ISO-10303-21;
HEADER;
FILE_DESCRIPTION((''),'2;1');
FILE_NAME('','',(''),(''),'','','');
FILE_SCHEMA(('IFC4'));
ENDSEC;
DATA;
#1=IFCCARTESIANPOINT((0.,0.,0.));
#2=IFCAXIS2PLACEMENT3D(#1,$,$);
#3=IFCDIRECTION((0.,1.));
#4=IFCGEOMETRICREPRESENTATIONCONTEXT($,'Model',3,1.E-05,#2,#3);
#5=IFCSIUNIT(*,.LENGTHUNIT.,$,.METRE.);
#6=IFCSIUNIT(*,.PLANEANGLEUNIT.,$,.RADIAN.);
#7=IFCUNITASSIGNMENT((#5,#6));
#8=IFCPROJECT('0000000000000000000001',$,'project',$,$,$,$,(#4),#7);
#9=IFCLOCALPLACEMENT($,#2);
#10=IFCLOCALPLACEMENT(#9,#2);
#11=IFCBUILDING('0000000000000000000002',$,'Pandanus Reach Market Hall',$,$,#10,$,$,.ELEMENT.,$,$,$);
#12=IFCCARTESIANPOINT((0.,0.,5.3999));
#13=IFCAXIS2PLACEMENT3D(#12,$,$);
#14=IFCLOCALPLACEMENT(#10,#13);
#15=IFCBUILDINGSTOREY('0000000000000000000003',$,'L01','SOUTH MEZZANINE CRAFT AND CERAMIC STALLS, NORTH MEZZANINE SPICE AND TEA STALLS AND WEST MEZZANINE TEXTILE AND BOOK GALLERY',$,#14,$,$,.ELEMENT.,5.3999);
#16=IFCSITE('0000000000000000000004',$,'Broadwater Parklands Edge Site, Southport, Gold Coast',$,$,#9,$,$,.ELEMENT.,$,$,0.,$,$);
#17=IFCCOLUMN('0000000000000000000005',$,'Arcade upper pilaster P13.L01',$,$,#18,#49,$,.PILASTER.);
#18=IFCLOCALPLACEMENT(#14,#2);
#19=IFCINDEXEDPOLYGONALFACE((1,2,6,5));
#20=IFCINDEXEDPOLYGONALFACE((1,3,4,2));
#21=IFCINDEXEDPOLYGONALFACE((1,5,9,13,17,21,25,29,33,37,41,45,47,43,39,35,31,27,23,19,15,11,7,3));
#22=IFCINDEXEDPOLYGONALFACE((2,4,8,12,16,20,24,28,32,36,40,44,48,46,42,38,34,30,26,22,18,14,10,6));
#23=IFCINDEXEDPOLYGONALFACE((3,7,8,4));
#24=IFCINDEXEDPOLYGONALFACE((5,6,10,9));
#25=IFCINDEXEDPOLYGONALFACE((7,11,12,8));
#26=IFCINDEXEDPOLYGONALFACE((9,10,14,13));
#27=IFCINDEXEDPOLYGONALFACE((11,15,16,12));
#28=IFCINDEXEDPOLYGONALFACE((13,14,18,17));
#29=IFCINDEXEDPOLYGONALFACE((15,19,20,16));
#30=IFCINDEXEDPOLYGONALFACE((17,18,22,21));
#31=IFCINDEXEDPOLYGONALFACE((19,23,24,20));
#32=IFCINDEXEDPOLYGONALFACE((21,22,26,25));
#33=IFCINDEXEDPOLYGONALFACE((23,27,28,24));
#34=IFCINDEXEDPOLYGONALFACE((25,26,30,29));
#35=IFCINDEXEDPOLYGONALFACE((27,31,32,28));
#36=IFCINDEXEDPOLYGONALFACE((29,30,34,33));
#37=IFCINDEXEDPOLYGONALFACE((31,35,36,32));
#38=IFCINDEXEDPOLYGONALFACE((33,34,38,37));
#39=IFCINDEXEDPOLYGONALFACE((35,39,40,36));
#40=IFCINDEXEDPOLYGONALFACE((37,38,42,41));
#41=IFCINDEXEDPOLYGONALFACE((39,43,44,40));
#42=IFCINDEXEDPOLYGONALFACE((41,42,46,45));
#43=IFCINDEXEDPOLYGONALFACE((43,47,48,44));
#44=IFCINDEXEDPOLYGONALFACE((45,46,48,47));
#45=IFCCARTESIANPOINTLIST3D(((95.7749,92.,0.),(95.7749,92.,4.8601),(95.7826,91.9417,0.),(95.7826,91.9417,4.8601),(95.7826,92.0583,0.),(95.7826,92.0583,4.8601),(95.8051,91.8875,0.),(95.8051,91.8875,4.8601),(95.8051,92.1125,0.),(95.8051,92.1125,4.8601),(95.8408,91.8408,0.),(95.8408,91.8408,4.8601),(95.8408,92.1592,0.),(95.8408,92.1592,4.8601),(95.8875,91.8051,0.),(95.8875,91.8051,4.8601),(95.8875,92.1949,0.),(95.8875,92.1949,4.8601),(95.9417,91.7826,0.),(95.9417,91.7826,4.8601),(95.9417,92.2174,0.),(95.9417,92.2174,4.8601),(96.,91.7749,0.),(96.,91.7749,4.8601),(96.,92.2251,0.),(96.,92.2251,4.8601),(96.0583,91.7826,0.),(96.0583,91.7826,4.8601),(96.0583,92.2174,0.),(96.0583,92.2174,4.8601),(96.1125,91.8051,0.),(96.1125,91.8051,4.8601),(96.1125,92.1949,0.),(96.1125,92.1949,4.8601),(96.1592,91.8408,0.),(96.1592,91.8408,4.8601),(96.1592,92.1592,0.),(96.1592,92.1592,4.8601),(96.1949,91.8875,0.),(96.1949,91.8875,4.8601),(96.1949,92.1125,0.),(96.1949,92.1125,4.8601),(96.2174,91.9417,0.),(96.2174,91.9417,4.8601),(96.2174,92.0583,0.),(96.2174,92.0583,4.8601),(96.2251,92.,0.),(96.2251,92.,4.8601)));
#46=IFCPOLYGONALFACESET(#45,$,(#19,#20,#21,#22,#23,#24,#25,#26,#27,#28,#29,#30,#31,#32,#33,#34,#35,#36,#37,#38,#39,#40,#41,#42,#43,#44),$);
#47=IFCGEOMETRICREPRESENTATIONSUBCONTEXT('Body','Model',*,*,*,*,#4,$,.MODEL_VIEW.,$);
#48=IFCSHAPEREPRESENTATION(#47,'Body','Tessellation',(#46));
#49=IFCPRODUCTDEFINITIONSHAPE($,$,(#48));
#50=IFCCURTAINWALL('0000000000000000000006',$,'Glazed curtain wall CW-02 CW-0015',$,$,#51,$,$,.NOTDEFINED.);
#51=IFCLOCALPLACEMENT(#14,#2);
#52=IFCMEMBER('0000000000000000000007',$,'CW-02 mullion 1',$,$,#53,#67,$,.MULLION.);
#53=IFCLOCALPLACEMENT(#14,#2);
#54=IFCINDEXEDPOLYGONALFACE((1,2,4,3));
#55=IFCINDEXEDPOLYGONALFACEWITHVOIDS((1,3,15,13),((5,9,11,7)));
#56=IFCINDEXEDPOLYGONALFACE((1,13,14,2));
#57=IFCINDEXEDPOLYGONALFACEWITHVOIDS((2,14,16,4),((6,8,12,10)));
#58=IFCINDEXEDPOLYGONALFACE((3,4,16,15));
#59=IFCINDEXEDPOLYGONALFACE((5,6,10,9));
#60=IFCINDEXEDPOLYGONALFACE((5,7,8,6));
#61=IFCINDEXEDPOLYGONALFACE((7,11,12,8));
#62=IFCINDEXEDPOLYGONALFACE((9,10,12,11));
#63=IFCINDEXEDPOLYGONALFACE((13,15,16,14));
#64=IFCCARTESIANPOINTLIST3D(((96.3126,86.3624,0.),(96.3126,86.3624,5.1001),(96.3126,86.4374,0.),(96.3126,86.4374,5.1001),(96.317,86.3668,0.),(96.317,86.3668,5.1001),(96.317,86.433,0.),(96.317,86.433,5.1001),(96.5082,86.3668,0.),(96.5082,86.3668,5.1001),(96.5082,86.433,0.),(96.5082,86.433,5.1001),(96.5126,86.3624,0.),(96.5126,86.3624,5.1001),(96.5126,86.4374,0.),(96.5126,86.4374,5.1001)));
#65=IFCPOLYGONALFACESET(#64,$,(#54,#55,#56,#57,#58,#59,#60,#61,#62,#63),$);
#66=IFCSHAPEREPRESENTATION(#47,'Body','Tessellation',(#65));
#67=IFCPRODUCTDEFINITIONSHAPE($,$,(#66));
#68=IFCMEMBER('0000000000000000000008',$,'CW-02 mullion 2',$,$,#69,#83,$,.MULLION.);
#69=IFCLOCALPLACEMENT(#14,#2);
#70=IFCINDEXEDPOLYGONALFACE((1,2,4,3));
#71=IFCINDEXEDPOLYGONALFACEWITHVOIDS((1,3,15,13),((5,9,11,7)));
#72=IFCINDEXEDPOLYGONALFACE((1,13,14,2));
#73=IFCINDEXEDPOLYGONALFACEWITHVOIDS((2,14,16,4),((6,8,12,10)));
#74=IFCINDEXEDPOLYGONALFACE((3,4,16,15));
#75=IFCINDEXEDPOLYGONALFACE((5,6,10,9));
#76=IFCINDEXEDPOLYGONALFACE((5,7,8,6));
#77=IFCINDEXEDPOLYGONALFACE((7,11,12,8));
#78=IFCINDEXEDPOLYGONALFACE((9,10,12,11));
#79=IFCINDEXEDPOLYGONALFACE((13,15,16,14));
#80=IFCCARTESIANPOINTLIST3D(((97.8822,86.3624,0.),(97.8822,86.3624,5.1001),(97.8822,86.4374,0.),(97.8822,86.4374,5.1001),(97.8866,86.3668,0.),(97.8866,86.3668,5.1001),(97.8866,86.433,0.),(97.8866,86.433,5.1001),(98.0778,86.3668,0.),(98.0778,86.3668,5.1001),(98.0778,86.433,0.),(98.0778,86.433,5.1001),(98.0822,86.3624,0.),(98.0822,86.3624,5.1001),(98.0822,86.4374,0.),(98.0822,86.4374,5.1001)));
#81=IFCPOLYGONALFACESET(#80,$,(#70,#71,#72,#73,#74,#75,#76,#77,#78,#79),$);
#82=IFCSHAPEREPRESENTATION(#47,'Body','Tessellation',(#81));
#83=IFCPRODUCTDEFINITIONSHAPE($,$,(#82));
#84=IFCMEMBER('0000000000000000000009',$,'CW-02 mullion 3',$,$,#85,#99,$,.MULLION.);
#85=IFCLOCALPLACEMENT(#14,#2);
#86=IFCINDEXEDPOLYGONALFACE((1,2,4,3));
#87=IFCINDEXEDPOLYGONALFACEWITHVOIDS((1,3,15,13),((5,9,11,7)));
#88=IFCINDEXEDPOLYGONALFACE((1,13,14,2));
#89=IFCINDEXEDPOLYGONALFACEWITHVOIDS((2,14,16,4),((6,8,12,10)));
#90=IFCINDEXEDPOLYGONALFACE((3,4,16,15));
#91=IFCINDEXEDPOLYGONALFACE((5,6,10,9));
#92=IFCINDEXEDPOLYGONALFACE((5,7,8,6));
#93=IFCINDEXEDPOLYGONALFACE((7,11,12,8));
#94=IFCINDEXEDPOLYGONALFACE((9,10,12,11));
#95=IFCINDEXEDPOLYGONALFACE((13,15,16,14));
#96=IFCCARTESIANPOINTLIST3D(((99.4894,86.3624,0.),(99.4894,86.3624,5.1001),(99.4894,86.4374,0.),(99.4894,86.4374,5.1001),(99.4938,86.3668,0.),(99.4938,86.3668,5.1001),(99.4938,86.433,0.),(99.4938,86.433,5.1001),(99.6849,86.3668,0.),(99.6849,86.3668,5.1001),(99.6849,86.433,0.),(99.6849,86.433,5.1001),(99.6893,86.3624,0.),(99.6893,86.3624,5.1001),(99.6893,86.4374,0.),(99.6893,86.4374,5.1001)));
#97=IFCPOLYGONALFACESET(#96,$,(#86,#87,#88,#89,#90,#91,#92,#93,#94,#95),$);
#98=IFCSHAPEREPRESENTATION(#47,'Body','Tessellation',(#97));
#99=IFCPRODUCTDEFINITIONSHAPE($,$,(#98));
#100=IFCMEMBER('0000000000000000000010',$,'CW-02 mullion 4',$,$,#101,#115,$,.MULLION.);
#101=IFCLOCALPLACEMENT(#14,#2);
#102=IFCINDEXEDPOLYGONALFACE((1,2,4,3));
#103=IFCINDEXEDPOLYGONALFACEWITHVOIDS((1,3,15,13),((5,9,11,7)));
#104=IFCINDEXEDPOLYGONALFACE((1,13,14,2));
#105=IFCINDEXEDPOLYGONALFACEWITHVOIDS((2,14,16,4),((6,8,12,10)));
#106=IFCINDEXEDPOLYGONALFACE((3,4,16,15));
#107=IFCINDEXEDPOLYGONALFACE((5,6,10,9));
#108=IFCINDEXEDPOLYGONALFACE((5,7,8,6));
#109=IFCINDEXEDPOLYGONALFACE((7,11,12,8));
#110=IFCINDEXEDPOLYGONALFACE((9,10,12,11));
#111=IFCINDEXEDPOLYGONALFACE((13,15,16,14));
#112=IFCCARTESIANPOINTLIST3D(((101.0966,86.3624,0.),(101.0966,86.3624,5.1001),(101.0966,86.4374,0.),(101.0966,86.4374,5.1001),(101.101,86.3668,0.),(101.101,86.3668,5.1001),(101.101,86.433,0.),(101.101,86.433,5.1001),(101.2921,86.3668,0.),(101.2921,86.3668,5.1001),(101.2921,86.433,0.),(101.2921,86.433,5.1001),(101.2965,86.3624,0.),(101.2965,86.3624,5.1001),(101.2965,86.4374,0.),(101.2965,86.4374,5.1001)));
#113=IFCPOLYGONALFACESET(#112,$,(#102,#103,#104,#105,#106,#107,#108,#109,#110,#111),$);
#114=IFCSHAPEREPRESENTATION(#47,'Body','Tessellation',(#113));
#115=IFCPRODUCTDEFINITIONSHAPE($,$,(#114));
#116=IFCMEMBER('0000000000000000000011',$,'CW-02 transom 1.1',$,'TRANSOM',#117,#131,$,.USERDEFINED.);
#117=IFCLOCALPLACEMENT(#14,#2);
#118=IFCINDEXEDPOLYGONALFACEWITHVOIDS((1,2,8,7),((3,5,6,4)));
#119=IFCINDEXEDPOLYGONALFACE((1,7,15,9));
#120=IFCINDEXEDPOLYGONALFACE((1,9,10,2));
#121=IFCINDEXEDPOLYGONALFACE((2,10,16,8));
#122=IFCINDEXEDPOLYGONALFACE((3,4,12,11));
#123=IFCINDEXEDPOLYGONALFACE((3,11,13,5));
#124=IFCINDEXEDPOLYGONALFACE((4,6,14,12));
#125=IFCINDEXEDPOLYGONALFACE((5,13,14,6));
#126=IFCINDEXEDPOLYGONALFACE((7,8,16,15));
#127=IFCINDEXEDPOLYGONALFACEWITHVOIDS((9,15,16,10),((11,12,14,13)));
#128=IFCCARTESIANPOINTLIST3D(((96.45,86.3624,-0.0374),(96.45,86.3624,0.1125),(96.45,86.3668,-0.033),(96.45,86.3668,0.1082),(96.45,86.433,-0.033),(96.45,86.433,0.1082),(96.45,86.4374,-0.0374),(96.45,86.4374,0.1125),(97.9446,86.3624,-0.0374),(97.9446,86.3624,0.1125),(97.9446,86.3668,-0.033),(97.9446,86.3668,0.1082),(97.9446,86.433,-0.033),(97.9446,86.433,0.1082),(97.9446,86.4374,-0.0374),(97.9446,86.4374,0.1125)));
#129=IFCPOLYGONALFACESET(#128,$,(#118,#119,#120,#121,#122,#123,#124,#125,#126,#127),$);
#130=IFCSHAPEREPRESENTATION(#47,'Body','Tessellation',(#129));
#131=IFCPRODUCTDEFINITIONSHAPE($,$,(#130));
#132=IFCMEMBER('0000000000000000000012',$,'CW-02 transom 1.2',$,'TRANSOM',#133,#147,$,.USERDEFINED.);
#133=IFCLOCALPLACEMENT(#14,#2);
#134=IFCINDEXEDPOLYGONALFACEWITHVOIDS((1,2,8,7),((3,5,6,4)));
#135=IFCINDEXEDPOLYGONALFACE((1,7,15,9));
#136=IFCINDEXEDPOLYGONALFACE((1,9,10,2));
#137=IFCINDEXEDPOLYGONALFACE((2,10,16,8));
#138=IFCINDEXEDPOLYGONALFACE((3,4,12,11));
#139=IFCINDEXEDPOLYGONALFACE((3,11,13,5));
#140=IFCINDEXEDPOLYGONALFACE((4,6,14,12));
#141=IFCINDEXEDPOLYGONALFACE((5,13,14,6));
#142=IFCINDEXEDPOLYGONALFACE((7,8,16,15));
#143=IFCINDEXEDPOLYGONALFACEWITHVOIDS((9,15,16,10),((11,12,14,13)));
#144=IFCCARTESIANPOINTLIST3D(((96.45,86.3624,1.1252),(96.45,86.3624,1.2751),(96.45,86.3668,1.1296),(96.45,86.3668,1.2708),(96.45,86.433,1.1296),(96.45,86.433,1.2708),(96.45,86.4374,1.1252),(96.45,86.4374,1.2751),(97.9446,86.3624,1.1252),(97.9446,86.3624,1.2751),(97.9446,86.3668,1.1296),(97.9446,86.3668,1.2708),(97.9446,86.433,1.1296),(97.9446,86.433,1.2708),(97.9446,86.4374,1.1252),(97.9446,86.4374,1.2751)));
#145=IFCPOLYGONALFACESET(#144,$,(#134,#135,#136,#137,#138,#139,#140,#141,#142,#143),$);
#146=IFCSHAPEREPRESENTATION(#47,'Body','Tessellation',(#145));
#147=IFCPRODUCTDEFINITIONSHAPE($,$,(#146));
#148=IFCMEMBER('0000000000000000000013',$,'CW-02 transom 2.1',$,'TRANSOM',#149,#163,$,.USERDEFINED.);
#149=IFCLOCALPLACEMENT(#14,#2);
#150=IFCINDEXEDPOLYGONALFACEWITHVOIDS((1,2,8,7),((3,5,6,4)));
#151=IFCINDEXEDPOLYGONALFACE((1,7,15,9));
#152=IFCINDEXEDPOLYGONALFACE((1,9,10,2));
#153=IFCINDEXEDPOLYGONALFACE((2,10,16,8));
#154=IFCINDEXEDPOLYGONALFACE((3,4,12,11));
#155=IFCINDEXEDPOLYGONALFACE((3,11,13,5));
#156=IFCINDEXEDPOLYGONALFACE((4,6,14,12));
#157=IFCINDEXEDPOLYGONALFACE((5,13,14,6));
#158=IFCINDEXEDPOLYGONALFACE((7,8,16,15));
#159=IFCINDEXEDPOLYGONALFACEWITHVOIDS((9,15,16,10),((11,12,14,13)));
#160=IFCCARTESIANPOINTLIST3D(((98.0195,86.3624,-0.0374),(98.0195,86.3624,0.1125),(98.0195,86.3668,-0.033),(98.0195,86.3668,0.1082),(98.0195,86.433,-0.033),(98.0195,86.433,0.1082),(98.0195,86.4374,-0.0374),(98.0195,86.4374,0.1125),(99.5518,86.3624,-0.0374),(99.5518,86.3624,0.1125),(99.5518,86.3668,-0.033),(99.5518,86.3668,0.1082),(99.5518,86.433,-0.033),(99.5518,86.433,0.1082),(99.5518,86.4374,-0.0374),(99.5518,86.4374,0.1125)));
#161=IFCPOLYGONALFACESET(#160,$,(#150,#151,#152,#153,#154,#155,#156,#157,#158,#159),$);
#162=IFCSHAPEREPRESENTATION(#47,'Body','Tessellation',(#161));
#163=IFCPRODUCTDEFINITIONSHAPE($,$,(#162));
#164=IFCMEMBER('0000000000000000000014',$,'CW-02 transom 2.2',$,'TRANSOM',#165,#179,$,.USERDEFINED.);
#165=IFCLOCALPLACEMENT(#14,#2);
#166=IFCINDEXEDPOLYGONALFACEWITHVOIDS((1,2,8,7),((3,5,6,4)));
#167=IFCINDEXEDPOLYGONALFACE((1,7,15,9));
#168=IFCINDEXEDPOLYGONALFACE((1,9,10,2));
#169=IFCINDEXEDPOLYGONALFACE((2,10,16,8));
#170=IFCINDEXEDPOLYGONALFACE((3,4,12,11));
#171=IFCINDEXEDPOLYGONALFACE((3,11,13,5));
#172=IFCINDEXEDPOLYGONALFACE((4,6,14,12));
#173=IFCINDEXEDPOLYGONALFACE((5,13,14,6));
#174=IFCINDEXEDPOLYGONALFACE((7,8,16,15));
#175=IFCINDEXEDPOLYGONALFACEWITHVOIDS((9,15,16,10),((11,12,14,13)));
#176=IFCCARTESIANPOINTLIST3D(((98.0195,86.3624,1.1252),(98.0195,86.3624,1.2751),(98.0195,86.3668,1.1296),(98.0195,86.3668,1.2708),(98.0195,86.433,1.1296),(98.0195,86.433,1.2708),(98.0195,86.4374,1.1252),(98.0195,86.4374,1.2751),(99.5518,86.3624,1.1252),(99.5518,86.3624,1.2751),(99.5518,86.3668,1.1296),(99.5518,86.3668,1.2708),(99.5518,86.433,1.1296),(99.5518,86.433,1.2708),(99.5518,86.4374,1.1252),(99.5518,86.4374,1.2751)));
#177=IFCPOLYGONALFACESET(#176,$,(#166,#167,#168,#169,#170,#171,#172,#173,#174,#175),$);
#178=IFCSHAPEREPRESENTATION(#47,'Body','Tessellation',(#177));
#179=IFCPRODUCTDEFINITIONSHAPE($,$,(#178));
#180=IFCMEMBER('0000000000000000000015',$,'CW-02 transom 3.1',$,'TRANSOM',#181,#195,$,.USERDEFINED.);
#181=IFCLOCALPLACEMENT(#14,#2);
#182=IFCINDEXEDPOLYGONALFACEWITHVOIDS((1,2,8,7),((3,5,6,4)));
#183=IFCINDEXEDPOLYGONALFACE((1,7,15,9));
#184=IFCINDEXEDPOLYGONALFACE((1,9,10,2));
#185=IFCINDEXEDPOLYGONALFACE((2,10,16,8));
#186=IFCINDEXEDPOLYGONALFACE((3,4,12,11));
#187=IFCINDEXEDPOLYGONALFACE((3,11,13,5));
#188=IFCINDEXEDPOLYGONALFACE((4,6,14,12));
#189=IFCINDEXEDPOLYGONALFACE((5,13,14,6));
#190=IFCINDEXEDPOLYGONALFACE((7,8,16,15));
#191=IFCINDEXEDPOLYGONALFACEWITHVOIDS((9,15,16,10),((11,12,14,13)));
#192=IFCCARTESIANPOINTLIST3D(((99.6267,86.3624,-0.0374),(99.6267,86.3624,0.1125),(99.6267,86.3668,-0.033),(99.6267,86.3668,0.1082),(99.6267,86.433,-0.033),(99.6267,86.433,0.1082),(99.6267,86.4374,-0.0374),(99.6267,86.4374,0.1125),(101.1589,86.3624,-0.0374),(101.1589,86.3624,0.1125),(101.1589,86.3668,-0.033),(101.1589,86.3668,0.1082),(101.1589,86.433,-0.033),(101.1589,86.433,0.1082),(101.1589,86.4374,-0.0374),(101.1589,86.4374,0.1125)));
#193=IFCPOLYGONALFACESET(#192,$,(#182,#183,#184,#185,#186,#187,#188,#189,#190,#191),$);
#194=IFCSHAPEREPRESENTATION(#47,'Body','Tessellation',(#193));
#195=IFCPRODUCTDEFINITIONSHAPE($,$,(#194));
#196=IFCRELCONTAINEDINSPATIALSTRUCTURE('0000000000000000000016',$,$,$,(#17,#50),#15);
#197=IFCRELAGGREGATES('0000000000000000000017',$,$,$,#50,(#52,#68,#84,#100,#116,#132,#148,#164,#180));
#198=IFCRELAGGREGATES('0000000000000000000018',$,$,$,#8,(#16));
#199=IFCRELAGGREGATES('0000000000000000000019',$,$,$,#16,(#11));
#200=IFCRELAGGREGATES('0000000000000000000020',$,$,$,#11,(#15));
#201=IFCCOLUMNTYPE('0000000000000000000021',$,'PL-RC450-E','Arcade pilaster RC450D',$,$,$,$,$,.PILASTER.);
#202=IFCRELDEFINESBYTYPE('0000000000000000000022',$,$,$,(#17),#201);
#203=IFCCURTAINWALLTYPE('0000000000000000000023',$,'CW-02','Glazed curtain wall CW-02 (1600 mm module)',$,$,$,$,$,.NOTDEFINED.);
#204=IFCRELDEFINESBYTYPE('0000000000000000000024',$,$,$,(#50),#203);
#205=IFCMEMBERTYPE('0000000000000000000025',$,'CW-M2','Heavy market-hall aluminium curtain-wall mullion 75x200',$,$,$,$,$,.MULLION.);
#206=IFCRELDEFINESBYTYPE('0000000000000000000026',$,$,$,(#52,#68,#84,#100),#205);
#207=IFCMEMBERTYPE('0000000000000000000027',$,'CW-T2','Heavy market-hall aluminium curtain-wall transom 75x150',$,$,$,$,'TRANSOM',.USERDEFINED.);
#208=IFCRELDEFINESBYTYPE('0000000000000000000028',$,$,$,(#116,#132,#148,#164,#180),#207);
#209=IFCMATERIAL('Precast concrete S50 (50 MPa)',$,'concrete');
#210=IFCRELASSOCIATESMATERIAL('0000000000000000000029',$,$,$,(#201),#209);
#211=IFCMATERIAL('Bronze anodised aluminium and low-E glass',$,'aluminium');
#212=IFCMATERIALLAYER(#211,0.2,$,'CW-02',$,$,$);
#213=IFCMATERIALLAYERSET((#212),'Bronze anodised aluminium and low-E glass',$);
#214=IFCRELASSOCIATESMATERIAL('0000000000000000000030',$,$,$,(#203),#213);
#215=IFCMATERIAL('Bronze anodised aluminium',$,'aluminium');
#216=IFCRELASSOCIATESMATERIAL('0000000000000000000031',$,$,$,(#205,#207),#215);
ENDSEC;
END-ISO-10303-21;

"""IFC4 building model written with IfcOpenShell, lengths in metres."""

from ifc_helpers import new_model, si_unit, direction, frame, origin, origin_2d, place, context, subcontext, project, spatial, hollow_rectangle, circle, extrude, material, layer, layer_set, material_profile, profile_set, type_object, element, aggregate, save


model = new_model("IFC4")

# Units and contexts
model_context = context("Model", 3, precision=1e-05, world=origin(), true_north=direction((0.0, 1.0)))
body_context = subcontext(model_context, "Body", "Model", "MODEL_VIEW")
ifc_project = project(units=[si_unit("LENGTHUNIT", "METRE"), si_unit("PLANEANGLEUNIT", "RADIAN")], contexts=[model_context])

# Site, building, storey
site_placement = place(None, origin())
site = spatial("IfcSite", under=ifc_project, at=site_placement, Name="Broadwater Parklands Edge Site, Southport, Gold Coast", CompositionType="ELEMENT", RefElevation=0.0)
building_placement = place(site_placement, origin())
building = spatial("IfcBuilding", under=site, at=building_placement, Name="Pandanus Reach Market Hall", CompositionType="ELEMENT")
storey_placement = place(building_placement, frame((0.0, 0.0, 5.3999)))
storey = spatial("IfcBuildingStorey", under=building, at=storey_placement, Name="L01", Description="SOUTH MEZZANINE CRAFT AND CERAMIC STALLS, NORTH MEZZANINE SPICE AND TEA STALLS AND WEST MEZZANINE TEXTILE AND BOOK GALLERY", CompositionType="ELEMENT", Elevation=5.3999)

# Column
ifc_material_1 = material(Name="Precast concrete S50 (50 MPa)", Category="concrete")
ifc_material_profile_1 = material_profile(ifc_material_1, circle(Radius=0.2251, at=origin_2d()), Name="RC450D", Category="LoadBearing")
ifc_profile_set_1 = profile_set([ifc_material_profile_1], Name="Precast concrete S50 (50 MPa)")
column_type = type_object("IfcColumnType", Name="PL-RC450-E", Description="Arcade pilaster RC450D", PredefinedType="PILASTER", material=ifc_profile_set_1)
column_placement = place(storey_placement, frame((96.0, 92.0, 0.0), z_axis=(0.0, 0.0, 1.0), x_axis=(1.0, 0.0, 0.0)))
element("IfcColumn", 1, at=column_placement, inside=storey, type_object=column_type, Name="Arcade upper pilaster P13.L01", PredefinedType="PILASTER", context=body_context, shape_type="SweptSolid", body=[
    extrude(circle(Radius=0.2251, at=origin_2d()), origin(), (0.0, 0.0, 1.0), 4.8601),
])

# Curtain wall, members
ifc_material_2 = material(Name="Bronze anodised aluminium and low-E glass", Category="aluminium")
ifc_layer_1 = layer(ifc_material_2, 0.2, Name="CW-02")
ifc_layer_set_1 = layer_set([ifc_layer_1], Name="Bronze anodised aluminium and low-E glass")
curtain_wall_type = type_object("IfcCurtainWallType", Name="CW-02", Description="Glazed curtain wall CW-02 (1600 mm module)", PredefinedType="NOTDEFINED", material=ifc_layer_set_1)
curtain_wall_placement = place(storey_placement, origin())
curtain_wall = element("IfcCurtainWall", 2, at=curtain_wall_placement, inside=storey, type_object=curtain_wall_type, Name="Glazed curtain wall CW-02 CW-0015", PredefinedType="NOTDEFINED")
ifc_material_3 = material(Name="Bronze anodised aluminium", Category="aluminium")
ifc_material_profile_2 = material_profile(ifc_material_3, hollow_rectangle(XDim=0.075, YDim=0.2, WallThickness=0.0044, at=origin_2d()), Name="ALU75x200", Category="LoadBearing")
ifc_profile_set_2 = profile_set([ifc_material_profile_2], Name="Bronze anodised aluminium")
member_type_1 = type_object("IfcMemberType", Name="CW-M2", Description="Heavy market-hall aluminium curtain-wall mullion 75x200", PredefinedType="MULLION", material=ifc_profile_set_2)
member_1_placement = place(storey_placement, frame((96.4126, 86.3999, 0.0), z_axis=(0.0, 0.0, 1.0), x_axis=(0.0, 1.0, 0.0)))
member_1 = element("IfcMember", 3, at=member_1_placement, type_object=member_type_1, Name="CW-02 mullion 1", PredefinedType="MULLION", context=body_context, shape_type="SweptSolid", body=[
    extrude(hollow_rectangle(XDim=0.075, YDim=0.2, WallThickness=0.0044, at=origin_2d()), origin(), (0.0, 0.0, 1.0), 5.1001),
])
member_2_placement = place(storey_placement, frame((97.9822, 86.3999, 0.0), z_axis=(0.0, 0.0, 1.0), x_axis=(0.0, 1.0, 0.0)))
member_2 = element("IfcMember", 4, at=member_2_placement, type_object=member_type_1, Name="CW-02 mullion 2", PredefinedType="MULLION", context=body_context, shape_type="SweptSolid", body=[
    extrude(hollow_rectangle(XDim=0.075, YDim=0.2, WallThickness=0.0044, at=origin_2d()), origin(), (0.0, 0.0, 1.0), 5.1001),
])
member_3_placement = place(storey_placement, frame((99.5894, 86.3999, 0.0), z_axis=(0.0, 0.0, 1.0), x_axis=(0.0, 1.0, 0.0)))
member_3 = element("IfcMember", 5, at=member_3_placement, type_object=member_type_1, Name="CW-02 mullion 3", PredefinedType="MULLION", context=body_context, shape_type="SweptSolid", body=[
    extrude(hollow_rectangle(XDim=0.075, YDim=0.2, WallThickness=0.0044, at=origin_2d()), origin(), (0.0, 0.0, 1.0), 5.1001),
])
member_4_placement = place(storey_placement, frame((101.1965, 86.3999, 0.0), z_axis=(0.0, 0.0, 1.0), x_axis=(0.0, 1.0, 0.0)))
member_4 = element("IfcMember", 6, at=member_4_placement, type_object=member_type_1, Name="CW-02 mullion 4", PredefinedType="MULLION", context=body_context, shape_type="SweptSolid", body=[
    extrude(hollow_rectangle(XDim=0.075, YDim=0.2, WallThickness=0.0044, at=origin_2d()), origin(), (0.0, 0.0, 1.0), 5.1001),
])
ifc_material_profile_3 = material_profile(ifc_material_3, hollow_rectangle(XDim=0.075, YDim=0.1499, WallThickness=0.0044, at=origin_2d()), Name="ALU75x150", Category="LoadBearing")
ifc_profile_set_3 = profile_set([ifc_material_profile_3], Name="Bronze anodised aluminium")
member_type_2 = type_object("IfcMemberType", Name="CW-T2", Description="Heavy market-hall aluminium curtain-wall transom 75x150", ElementType="TRANSOM", PredefinedType="USERDEFINED", material=ifc_profile_set_3)
member_5_placement = place(storey_placement, frame((96.45, 86.3999, 0.0376), z_axis=(1.0, 0.0, 0.0), x_axis=(0.0, 1.0, 0.0)))
member_5 = element("IfcMember", 7, at=member_5_placement, type_object=member_type_2, Name="CW-02 transom 1.1", ObjectType="TRANSOM", PredefinedType="USERDEFINED", context=body_context, shape_type="SweptSolid", body=[
    extrude(hollow_rectangle(XDim=0.075, YDim=0.1499, WallThickness=0.0044, at=origin_2d()), origin(), (0.0, 0.0, 1.0), 1.4946),
])
member_6_placement = place(storey_placement, frame((96.45, 86.3999, 1.2002), z_axis=(1.0, 0.0, 0.0), x_axis=(0.0, 1.0, 0.0)))
member_6 = element("IfcMember", 8, at=member_6_placement, type_object=member_type_2, Name="CW-02 transom 1.2", ObjectType="TRANSOM", PredefinedType="USERDEFINED", context=body_context, shape_type="SweptSolid", body=[
    extrude(hollow_rectangle(XDim=0.075, YDim=0.1499, WallThickness=0.0044, at=origin_2d()), origin(), (0.0, 0.0, 1.0), 1.4946),
])
member_7_placement = place(storey_placement, frame((98.0195, 86.3999, 0.0376), z_axis=(1.0, 0.0, 0.0), x_axis=(0.0, 1.0, 0.0)))
member_7 = element("IfcMember", 9, at=member_7_placement, type_object=member_type_2, Name="CW-02 transom 2.1", ObjectType="TRANSOM", PredefinedType="USERDEFINED", context=body_context, shape_type="SweptSolid", body=[
    extrude(hollow_rectangle(XDim=0.075, YDim=0.1499, WallThickness=0.0044, at=origin_2d()), origin(), (0.0, 0.0, 1.0), 1.5322),
])
member_8_placement = place(storey_placement, frame((98.0195, 86.3999, 1.2002), z_axis=(1.0, 0.0, 0.0), x_axis=(0.0, 1.0, 0.0)))
member_8 = element("IfcMember", 10, at=member_8_placement, type_object=member_type_2, Name="CW-02 transom 2.2", ObjectType="TRANSOM", PredefinedType="USERDEFINED", context=body_context, shape_type="SweptSolid", body=[
    extrude(hollow_rectangle(XDim=0.075, YDim=0.1499, WallThickness=0.0044, at=origin_2d()), origin(), (0.0, 0.0, 1.0), 1.5322),
])
member_9_placement = place(storey_placement, frame((99.6267, 86.3999, 0.0376), z_axis=(1.0, 0.0, 0.0), x_axis=(0.0, 1.0, 0.0)))
member_9 = element("IfcMember", 11, at=member_9_placement, type_object=member_type_2, Name="CW-02 transom 3.1", ObjectType="TRANSOM", PredefinedType="USERDEFINED", context=body_context, shape_type="SweptSolid", body=[
    extrude(hollow_rectangle(XDim=0.075, YDim=0.1499, WallThickness=0.0044, at=origin_2d()), origin(), (0.0, 0.0, 1.0), 1.5322),
])

aggregate(curtain_wall, [member_1, member_2, member_3, member_4, member_5, member_6, member_7, member_8, member_9])

save(model, "model.ifc")
